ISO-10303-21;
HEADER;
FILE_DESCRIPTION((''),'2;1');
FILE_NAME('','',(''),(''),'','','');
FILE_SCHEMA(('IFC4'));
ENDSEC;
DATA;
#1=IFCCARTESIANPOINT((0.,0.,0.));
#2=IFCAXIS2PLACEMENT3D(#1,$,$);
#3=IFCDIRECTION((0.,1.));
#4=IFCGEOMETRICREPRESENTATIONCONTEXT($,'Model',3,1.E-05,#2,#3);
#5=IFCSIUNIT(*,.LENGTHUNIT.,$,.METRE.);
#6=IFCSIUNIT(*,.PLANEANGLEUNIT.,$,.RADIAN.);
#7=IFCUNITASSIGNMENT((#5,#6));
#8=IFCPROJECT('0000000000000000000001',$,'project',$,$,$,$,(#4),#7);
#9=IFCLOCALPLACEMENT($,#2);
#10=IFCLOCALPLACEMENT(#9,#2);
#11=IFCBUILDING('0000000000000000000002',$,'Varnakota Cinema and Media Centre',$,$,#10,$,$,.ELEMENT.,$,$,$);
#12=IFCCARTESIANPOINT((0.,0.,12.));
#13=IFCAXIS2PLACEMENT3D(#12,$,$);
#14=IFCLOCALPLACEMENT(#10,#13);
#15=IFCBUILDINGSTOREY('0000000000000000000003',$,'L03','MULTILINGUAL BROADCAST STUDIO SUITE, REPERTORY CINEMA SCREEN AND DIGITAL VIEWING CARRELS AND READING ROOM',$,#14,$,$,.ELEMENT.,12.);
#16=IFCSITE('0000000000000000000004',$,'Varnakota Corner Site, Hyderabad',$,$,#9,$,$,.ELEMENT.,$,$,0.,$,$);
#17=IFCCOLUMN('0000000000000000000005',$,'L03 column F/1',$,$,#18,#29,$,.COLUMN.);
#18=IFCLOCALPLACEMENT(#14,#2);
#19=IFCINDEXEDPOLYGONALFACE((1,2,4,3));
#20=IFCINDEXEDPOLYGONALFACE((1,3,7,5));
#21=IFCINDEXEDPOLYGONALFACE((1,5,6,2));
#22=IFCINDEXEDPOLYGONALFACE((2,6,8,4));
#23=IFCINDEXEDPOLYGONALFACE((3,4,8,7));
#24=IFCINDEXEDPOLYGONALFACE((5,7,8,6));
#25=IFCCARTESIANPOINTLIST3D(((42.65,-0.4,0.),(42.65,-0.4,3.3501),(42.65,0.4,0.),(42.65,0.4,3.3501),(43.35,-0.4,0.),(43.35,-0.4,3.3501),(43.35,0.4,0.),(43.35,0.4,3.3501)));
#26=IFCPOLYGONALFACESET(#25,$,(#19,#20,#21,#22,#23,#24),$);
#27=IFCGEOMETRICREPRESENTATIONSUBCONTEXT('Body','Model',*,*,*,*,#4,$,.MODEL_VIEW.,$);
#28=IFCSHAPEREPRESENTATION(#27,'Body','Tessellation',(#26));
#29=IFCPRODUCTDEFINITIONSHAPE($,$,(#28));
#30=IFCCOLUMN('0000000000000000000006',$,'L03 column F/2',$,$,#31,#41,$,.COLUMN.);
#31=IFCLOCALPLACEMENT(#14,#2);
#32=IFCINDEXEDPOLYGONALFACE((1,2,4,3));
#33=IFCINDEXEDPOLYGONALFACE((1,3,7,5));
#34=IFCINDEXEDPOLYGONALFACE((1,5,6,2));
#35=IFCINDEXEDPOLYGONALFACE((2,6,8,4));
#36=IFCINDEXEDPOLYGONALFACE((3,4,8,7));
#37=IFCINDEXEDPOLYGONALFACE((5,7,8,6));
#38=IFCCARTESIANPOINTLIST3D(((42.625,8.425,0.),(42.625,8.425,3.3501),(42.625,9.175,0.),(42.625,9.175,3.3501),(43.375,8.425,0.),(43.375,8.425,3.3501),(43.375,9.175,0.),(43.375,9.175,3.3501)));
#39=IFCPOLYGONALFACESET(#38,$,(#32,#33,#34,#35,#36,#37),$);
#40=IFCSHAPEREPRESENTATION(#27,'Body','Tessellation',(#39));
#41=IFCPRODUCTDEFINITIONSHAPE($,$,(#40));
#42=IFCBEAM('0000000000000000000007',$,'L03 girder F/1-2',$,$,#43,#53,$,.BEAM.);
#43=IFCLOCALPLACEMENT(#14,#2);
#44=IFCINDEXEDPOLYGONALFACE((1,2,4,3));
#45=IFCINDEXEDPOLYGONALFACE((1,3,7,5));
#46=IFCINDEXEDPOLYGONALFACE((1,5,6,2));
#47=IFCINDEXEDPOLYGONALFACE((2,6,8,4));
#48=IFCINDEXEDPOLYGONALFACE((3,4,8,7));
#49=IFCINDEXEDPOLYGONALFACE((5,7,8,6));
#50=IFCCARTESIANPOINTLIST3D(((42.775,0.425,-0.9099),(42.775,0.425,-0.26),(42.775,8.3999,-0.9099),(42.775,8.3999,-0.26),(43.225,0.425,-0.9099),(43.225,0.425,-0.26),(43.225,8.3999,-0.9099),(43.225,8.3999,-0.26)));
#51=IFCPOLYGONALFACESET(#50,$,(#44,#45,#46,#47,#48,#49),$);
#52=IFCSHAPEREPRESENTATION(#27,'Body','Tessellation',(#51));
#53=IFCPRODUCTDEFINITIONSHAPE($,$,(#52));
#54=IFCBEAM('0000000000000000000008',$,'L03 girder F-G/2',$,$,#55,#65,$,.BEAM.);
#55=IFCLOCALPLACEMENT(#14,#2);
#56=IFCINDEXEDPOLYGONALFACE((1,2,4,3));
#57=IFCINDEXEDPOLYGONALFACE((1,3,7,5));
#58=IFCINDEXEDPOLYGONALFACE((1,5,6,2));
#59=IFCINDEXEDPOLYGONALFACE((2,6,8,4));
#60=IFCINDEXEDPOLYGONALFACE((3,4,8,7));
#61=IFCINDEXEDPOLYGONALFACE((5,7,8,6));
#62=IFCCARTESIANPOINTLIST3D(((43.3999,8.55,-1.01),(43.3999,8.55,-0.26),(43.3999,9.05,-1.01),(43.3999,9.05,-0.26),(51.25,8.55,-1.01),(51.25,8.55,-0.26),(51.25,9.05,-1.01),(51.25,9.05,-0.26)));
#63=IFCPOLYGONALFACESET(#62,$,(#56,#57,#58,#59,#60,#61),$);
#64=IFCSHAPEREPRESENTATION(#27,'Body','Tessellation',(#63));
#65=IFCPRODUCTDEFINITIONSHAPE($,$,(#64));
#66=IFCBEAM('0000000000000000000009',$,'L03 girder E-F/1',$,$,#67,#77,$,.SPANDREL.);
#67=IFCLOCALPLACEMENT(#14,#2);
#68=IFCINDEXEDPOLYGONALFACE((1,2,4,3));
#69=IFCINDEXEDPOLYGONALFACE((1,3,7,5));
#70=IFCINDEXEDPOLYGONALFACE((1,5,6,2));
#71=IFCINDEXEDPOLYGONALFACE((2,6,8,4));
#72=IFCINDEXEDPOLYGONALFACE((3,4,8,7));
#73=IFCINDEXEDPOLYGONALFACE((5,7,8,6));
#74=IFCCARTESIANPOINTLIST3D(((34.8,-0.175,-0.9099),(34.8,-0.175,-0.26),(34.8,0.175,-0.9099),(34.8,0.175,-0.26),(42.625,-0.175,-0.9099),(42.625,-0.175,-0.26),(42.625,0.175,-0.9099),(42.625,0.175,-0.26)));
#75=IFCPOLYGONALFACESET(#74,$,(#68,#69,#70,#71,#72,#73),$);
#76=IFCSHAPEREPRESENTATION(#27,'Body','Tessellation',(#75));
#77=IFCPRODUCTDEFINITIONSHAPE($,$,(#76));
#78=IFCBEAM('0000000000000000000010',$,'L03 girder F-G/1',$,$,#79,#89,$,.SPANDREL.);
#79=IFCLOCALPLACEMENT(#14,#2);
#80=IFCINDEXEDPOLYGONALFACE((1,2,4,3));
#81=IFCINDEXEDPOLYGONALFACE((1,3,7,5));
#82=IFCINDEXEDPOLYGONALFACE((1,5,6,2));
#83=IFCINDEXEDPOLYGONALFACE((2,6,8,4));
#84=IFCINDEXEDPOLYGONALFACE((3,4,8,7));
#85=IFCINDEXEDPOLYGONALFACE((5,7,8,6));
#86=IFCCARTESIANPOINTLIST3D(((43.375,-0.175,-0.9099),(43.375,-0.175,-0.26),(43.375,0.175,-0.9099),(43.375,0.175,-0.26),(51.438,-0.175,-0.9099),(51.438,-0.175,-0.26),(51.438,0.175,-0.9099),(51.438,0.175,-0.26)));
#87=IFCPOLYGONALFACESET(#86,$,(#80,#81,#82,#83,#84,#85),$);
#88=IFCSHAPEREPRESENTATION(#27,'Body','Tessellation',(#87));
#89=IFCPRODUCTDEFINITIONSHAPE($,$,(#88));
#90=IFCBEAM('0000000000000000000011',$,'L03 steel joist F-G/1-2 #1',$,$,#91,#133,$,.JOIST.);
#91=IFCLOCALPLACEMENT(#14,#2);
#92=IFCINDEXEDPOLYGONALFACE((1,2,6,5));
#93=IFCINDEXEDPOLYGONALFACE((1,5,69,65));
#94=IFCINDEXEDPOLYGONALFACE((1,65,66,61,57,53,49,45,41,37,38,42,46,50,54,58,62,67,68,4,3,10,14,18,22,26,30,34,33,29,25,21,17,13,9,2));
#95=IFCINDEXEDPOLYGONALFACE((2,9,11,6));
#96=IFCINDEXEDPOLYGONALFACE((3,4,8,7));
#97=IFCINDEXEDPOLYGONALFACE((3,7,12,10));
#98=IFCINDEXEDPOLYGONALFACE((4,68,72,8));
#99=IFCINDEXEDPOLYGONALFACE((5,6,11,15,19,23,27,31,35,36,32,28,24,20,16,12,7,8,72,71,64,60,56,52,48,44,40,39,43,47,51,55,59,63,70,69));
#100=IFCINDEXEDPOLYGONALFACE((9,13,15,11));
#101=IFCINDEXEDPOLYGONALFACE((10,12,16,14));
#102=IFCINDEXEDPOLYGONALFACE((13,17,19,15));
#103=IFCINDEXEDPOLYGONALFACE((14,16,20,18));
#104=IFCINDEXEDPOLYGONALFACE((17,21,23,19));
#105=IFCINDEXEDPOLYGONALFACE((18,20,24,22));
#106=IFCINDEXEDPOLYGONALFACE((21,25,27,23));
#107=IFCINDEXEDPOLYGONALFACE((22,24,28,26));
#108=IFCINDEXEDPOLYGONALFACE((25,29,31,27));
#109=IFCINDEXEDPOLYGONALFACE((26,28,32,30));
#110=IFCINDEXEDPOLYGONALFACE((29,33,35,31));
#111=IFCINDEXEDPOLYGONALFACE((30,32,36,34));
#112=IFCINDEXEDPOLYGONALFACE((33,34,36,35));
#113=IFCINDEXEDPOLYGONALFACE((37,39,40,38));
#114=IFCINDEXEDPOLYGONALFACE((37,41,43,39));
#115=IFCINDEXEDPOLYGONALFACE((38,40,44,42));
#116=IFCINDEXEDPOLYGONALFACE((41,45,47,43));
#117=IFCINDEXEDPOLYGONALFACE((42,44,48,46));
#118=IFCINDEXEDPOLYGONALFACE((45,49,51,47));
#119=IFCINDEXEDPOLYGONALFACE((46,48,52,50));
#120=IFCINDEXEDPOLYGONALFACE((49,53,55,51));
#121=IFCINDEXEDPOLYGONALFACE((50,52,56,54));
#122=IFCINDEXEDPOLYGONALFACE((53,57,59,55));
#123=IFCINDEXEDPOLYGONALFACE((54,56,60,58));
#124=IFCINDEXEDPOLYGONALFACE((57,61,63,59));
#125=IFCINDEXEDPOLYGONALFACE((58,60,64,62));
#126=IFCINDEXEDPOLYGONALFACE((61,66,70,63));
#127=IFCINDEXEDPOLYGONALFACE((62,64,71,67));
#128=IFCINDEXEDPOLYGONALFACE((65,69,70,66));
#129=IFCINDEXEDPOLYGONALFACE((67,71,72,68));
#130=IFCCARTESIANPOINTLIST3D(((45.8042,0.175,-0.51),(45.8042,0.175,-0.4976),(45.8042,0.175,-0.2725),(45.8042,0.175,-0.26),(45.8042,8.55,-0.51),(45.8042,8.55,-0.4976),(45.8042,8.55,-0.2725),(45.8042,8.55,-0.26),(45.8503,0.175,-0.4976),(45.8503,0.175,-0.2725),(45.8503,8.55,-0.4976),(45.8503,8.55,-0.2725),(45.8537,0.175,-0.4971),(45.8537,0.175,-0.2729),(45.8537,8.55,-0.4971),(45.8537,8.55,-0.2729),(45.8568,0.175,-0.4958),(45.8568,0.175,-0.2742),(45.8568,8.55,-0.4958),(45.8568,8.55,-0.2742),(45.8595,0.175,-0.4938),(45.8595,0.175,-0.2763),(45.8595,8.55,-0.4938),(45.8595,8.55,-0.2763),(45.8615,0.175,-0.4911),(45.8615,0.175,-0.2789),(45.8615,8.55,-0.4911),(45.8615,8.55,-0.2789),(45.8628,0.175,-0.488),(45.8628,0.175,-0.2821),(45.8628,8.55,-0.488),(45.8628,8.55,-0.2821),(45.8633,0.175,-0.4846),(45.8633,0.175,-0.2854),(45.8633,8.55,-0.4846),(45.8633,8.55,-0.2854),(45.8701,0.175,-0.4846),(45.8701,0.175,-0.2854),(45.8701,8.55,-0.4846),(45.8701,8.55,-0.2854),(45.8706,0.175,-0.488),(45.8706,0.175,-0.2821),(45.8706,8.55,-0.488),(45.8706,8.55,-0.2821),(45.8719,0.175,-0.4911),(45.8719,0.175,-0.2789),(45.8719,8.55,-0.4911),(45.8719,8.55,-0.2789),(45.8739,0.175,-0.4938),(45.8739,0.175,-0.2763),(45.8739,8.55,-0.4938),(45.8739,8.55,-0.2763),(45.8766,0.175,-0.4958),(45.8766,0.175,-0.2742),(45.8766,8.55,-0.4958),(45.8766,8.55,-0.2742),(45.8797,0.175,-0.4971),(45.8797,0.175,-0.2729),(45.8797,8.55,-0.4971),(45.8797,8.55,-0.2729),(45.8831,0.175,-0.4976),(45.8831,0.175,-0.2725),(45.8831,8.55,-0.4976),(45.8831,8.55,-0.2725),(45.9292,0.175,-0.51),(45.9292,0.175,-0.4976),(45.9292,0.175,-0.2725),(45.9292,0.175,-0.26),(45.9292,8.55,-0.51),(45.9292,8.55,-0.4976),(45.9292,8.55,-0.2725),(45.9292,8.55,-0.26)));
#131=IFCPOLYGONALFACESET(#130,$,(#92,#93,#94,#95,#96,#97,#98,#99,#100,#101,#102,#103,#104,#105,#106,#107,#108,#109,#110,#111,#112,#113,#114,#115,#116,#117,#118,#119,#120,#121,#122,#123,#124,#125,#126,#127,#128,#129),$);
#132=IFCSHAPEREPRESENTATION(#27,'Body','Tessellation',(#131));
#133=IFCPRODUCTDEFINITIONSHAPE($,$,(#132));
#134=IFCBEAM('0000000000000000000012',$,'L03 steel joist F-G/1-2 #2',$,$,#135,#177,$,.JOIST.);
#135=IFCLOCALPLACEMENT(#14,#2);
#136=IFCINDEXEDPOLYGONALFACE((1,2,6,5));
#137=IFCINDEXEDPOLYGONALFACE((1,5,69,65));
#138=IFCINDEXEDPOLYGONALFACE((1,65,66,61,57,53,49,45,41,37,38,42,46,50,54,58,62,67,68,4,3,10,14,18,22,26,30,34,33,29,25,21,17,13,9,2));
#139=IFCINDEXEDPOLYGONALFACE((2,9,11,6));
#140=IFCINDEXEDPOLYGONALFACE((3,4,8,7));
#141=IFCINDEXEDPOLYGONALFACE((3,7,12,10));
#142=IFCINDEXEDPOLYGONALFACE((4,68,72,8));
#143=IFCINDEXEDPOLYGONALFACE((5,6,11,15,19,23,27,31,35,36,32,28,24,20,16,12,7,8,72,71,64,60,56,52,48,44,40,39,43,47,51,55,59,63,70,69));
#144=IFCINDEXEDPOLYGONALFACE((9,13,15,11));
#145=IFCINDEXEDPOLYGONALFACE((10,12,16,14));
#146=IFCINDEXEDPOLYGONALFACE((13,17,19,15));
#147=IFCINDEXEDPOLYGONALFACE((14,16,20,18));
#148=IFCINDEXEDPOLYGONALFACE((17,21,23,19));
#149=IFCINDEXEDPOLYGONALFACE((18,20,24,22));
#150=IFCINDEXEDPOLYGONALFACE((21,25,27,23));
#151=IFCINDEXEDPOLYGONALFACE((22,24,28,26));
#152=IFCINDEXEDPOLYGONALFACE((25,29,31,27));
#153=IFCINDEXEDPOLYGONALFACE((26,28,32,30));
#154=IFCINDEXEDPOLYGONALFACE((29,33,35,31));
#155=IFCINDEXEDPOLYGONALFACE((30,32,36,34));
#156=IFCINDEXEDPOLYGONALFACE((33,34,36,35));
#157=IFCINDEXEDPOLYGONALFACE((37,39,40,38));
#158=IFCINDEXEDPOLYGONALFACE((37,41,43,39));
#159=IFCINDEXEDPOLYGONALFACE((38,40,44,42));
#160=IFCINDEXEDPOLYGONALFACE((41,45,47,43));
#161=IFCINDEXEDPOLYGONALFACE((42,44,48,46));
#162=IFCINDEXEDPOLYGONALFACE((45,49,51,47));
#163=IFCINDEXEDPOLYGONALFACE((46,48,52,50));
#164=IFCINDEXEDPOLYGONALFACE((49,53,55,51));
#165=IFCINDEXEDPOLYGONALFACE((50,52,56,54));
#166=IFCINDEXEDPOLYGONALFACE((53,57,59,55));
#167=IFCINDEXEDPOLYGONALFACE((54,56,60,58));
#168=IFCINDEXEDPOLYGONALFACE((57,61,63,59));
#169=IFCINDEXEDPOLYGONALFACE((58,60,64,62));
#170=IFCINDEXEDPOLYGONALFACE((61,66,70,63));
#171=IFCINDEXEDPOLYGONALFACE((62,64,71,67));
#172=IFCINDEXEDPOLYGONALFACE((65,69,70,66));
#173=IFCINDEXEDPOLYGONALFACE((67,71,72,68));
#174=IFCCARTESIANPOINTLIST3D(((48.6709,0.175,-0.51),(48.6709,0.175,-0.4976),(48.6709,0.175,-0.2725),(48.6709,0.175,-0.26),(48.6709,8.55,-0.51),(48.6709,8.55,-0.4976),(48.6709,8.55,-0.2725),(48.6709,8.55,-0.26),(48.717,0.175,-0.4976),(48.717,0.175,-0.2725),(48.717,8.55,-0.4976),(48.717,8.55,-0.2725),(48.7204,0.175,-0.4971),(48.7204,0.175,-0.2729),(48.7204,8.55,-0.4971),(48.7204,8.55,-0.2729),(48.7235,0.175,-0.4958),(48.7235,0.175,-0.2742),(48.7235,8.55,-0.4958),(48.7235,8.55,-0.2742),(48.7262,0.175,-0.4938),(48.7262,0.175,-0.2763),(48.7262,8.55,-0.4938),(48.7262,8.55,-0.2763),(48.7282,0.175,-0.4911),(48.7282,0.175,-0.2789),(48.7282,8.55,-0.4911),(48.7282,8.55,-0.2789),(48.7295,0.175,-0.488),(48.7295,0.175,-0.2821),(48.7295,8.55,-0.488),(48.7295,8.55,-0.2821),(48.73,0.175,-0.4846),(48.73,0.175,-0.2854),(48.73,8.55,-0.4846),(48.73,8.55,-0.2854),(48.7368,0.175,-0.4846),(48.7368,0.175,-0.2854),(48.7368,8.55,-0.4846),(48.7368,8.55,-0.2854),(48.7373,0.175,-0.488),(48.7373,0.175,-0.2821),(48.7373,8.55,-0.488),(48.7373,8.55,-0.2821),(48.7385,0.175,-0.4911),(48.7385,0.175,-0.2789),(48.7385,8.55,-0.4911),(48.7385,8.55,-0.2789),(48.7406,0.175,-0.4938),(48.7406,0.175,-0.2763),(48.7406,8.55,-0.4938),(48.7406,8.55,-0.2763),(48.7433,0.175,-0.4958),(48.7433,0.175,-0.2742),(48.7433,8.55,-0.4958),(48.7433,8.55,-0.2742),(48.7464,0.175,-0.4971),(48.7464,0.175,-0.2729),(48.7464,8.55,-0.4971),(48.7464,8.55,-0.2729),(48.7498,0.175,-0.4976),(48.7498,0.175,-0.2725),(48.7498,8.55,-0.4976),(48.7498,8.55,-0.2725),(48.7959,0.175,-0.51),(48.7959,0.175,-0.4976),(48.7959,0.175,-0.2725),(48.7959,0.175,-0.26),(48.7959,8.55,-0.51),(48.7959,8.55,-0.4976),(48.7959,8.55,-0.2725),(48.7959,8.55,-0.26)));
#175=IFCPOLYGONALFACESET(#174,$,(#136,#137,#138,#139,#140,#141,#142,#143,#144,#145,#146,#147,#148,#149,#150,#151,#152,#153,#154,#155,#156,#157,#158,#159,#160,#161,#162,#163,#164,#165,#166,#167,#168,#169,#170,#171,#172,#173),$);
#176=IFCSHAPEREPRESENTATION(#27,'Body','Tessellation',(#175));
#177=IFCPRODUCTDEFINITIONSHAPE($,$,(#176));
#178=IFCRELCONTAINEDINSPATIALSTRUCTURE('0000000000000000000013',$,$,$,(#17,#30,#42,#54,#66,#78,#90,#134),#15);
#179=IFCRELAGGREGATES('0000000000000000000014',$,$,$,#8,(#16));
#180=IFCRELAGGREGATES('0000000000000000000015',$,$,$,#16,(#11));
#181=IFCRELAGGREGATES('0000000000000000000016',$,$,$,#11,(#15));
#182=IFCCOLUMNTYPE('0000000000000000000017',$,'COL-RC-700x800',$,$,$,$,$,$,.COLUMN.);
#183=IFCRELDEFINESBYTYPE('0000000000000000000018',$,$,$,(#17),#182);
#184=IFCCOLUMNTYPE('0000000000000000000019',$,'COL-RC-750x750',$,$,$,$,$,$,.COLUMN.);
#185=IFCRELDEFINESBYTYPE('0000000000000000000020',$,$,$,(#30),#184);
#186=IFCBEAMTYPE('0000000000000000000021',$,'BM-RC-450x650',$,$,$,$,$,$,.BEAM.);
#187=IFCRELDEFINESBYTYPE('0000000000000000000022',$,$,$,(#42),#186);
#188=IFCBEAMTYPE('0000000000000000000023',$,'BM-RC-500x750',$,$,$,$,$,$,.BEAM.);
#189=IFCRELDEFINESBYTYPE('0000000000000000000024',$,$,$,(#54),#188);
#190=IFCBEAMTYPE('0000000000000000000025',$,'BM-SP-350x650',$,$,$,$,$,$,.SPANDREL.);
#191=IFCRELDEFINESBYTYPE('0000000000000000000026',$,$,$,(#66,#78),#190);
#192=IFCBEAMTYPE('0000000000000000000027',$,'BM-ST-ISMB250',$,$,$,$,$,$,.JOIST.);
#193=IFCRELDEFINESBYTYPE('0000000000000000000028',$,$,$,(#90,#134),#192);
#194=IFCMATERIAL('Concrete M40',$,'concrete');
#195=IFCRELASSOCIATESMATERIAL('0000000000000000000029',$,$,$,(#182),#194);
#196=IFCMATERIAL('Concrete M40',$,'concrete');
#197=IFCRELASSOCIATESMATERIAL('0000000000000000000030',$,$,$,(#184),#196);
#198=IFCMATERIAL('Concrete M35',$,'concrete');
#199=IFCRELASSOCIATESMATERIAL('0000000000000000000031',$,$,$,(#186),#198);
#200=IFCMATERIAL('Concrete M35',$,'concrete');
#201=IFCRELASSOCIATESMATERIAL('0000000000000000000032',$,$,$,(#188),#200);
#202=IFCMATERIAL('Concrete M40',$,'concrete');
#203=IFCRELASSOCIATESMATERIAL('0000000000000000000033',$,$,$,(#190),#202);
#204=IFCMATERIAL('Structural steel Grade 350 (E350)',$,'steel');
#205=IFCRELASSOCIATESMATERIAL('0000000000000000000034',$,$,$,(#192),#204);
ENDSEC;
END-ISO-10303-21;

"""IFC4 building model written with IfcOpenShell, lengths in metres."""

from ifc_helpers import new_model, si_unit, direction, frame, origin, origin_2d, place, context, subcontext, project, spatial, rectangle, i_section, extrude, material, material_profile, profile_set, type_object, element, save


model = new_model("IFC4")

# Units and contexts
model_context = context("Model", 3, precision=1e-05, world=origin(), true_north=direction((0.0, 1.0)))
body_context = subcontext(model_context, "Body", "Model", "MODEL_VIEW")
ifc_project = project(units=[si_unit("LENGTHUNIT", "METRE"), si_unit("PLANEANGLEUNIT", "RADIAN")], contexts=[model_context])

# Site, building, storey
site_placement = place(None, origin())
site = spatial("IfcSite", under=ifc_project, at=site_placement, Name="Varnakota Corner Site, Hyderabad", CompositionType="ELEMENT", RefElevation=0.0)
building_placement = place(site_placement, origin())
building = spatial("IfcBuilding", under=site, at=building_placement, Name="Varnakota Cinema and Media Centre", CompositionType="ELEMENT")
storey_placement = place(building_placement, frame((0.0, 0.0, 12.0)))
storey = spatial("IfcBuildingStorey", under=building, at=storey_placement, Name="L03", Description="MULTILINGUAL BROADCAST STUDIO SUITE, REPERTORY CINEMA SCREEN AND DIGITAL VIEWING CARRELS AND READING ROOM", CompositionType="ELEMENT", Elevation=12.0)

# Columns
ifc_material_1 = material(Name="Concrete M40", Category="concrete")
ifc_material_profile_1 = material_profile(ifc_material_1, rectangle(XDim=0.7, YDim=0.8, at=origin_2d()), Name="RC 700x800")
ifc_profile_set_1 = profile_set([ifc_material_profile_1], Name="Concrete M40")
column_type_1 = type_object("IfcColumnType", Name="COL-RC-700x800", PredefinedType="COLUMN", material=ifc_profile_set_1)
column_1_placement = place(storey_placement, frame((43.0, 0.0, 0.0), z_axis=(0.0, 0.0, 1.0), x_axis=(1.0, 0.0, 0.0)))
element("IfcColumn", 1, at=column_1_placement, inside=storey, type_object=column_type_1, Name="L03 column F/1", PredefinedType="COLUMN", context=body_context, shape_type="SweptSolid", body=[
    extrude(rectangle(XDim=0.7, YDim=0.8, at=origin_2d()), origin(), (0.0, 0.0, 1.0), 3.3501),
])
ifc_material_2 = material(Name="Concrete M40", Category="concrete")
ifc_material_profile_2 = material_profile(ifc_material_2, rectangle(XDim=0.75, YDim=0.75, at=origin_2d()), Name="RC 750x750")
ifc_profile_set_2 = profile_set([ifc_material_profile_2], Name="Concrete M40")
column_type_2 = type_object("IfcColumnType", Name="COL-RC-750x750", PredefinedType="COLUMN", material=ifc_profile_set_2)
column_2_placement = place(storey_placement, frame((43.0, 8.8, 0.0), z_axis=(0.0, 0.0, 1.0), x_axis=(1.0, 0.0, 0.0)))
element("IfcColumn", 2, at=column_2_placement, inside=storey, type_object=column_type_2, Name="L03 column F/2", PredefinedType="COLUMN", context=body_context, shape_type="SweptSolid", body=[
    extrude(rectangle(XDim=0.75, YDim=0.75, at=origin_2d()), origin(), (0.0, 0.0, 1.0), 3.3501),
])

# Beams
ifc_material_3 = material(Name="Concrete M35", Category="concrete")
ifc_material_profile_3 = material_profile(ifc_material_3, rectangle(XDim=0.45, YDim=0.6499, at=origin_2d()), Name="RCB 450x650")
ifc_profile_set_3 = profile_set([ifc_material_profile_3], Name="Concrete M35")
beam_type_1 = type_object("IfcBeamType", Name="BM-RC-450x650", PredefinedType="BEAM", material=ifc_profile_set_3)
beam_1_placement = place(storey_placement, frame((43.0, 0.425, -0.585), z_axis=(0.0, 1.0, 0.0), x_axis=(-1.0, 0.0, 0.0)))
element("IfcBeam", 3, at=beam_1_placement, inside=storey, type_object=beam_type_1, Name="L03 girder F/1-2", PredefinedType="BEAM", context=body_context, shape_type="SweptSolid", body=[
    extrude(rectangle(XDim=0.45, YDim=0.6499, at=origin_2d()), origin(), (0.0, 0.0, 1.0), 7.9749),
])
ifc_material_4 = material(Name="Concrete M35", Category="concrete")
ifc_material_profile_4 = material_profile(ifc_material_4, rectangle(XDim=0.5, YDim=0.75, at=origin_2d()), Name="RCB 500x750")
ifc_profile_set_4 = profile_set([ifc_material_profile_4], Name="Concrete M35")
beam_type_2 = type_object("IfcBeamType", Name="BM-RC-500x750", PredefinedType="BEAM", material=ifc_profile_set_4)
beam_2_placement = place(storey_placement, frame((43.3999, 8.8, -0.635), z_axis=(1.0, 0.0, 0.0), x_axis=(0.0, 1.0, 0.0)))
element("IfcBeam", 4, at=beam_2_placement, inside=storey, type_object=beam_type_2, Name="L03 girder F-G/2", PredefinedType="BEAM", context=body_context, shape_type="SweptSolid", body=[
    extrude(rectangle(XDim=0.5, YDim=0.75, at=origin_2d()), origin(), (0.0, 0.0, 1.0), 7.8501),
])
ifc_material_5 = material(Name="Concrete M40", Category="concrete")
ifc_material_profile_5 = material_profile(ifc_material_5, rectangle(XDim=0.3501, YDim=0.6499, at=origin_2d()), Name="RCB 350x650")
ifc_profile_set_5 = profile_set([ifc_material_profile_5], Name="Concrete M40")
beam_type_3 = type_object("IfcBeamType", Name="BM-SP-350x650", PredefinedType="SPANDREL", material=ifc_profile_set_5)
beam_3_placement = place(storey_placement, frame((34.8, 0.0, -0.585), z_axis=(1.0, 0.0, 0.0), x_axis=(0.0, 1.0, 0.0)))
element("IfcBeam", 5, at=beam_3_placement, inside=storey, type_object=beam_type_3, Name="L03 girder E-F/1", PredefinedType="SPANDREL", context=body_context, shape_type="SweptSolid", body=[
    extrude(rectangle(XDim=0.3501, YDim=0.6499, at=origin_2d()), origin(), (0.0, 0.0, 1.0), 7.825),
])
beam_4_placement = place(storey_placement, frame((43.375, 0.0, -0.585), z_axis=(1.0, 0.0, 0.0), x_axis=(0.0, 1.0, 0.0)))
element("IfcBeam", 6, at=beam_4_placement, inside=storey, type_object=beam_type_3, Name="L03 girder F-G/1", PredefinedType="SPANDREL", context=body_context, shape_type="SweptSolid", body=[
    extrude(rectangle(XDim=0.3501, YDim=0.6499, at=origin_2d()), origin(), (0.0, 0.0, 1.0), 8.063),
])
ifc_material_6 = material(Name="Structural steel Grade 350 (E350)", Category="steel")
ifc_material_profile_6 = material_profile(ifc_material_6, i_section(OverallWidth=0.125, OverallDepth=0.25, WebThickness=0.0068, FlangeThickness=0.0125, FilletRadius=0.0129, at=origin_2d()), Name="ISMB 250")
ifc_profile_set_6 = profile_set([ifc_material_profile_6], Name="Structural steel Grade 350 (E350)")
beam_type_4 = type_object("IfcBeamType", Name="BM-ST-ISMB250", PredefinedType="JOIST", material=ifc_profile_set_6)
for number, where, z_axis, x_axis, name in (
    (7, (45.8667, 0.175, -0.385), (0.0, 1.0, 0.0), (-1.0, 0.0, 0.0), "L03 steel joist F-G/1-2 #1"),
    (8, (48.7334, 0.175, -0.385), (0.0, 1.0, 0.0), (-1.0, 0.0, 0.0), "L03 steel joist F-G/1-2 #2"),
):
    element("IfcBeam", number, at=place(storey_placement, frame(where, z_axis=z_axis, x_axis=x_axis)), inside=storey, type_object=beam_type_4, Name=name, PredefinedType="JOIST", context=body_context, shape_type="SweptSolid", body=[
        extrude(i_section(OverallWidth=0.125, OverallDepth=0.25, WebThickness=0.0068, FlangeThickness=0.0125, FilletRadius=0.0129, at=origin_2d()), origin(), (0.0, 0.0, 1.0), 8.375),
    ])

save(model, "model.ifc")
